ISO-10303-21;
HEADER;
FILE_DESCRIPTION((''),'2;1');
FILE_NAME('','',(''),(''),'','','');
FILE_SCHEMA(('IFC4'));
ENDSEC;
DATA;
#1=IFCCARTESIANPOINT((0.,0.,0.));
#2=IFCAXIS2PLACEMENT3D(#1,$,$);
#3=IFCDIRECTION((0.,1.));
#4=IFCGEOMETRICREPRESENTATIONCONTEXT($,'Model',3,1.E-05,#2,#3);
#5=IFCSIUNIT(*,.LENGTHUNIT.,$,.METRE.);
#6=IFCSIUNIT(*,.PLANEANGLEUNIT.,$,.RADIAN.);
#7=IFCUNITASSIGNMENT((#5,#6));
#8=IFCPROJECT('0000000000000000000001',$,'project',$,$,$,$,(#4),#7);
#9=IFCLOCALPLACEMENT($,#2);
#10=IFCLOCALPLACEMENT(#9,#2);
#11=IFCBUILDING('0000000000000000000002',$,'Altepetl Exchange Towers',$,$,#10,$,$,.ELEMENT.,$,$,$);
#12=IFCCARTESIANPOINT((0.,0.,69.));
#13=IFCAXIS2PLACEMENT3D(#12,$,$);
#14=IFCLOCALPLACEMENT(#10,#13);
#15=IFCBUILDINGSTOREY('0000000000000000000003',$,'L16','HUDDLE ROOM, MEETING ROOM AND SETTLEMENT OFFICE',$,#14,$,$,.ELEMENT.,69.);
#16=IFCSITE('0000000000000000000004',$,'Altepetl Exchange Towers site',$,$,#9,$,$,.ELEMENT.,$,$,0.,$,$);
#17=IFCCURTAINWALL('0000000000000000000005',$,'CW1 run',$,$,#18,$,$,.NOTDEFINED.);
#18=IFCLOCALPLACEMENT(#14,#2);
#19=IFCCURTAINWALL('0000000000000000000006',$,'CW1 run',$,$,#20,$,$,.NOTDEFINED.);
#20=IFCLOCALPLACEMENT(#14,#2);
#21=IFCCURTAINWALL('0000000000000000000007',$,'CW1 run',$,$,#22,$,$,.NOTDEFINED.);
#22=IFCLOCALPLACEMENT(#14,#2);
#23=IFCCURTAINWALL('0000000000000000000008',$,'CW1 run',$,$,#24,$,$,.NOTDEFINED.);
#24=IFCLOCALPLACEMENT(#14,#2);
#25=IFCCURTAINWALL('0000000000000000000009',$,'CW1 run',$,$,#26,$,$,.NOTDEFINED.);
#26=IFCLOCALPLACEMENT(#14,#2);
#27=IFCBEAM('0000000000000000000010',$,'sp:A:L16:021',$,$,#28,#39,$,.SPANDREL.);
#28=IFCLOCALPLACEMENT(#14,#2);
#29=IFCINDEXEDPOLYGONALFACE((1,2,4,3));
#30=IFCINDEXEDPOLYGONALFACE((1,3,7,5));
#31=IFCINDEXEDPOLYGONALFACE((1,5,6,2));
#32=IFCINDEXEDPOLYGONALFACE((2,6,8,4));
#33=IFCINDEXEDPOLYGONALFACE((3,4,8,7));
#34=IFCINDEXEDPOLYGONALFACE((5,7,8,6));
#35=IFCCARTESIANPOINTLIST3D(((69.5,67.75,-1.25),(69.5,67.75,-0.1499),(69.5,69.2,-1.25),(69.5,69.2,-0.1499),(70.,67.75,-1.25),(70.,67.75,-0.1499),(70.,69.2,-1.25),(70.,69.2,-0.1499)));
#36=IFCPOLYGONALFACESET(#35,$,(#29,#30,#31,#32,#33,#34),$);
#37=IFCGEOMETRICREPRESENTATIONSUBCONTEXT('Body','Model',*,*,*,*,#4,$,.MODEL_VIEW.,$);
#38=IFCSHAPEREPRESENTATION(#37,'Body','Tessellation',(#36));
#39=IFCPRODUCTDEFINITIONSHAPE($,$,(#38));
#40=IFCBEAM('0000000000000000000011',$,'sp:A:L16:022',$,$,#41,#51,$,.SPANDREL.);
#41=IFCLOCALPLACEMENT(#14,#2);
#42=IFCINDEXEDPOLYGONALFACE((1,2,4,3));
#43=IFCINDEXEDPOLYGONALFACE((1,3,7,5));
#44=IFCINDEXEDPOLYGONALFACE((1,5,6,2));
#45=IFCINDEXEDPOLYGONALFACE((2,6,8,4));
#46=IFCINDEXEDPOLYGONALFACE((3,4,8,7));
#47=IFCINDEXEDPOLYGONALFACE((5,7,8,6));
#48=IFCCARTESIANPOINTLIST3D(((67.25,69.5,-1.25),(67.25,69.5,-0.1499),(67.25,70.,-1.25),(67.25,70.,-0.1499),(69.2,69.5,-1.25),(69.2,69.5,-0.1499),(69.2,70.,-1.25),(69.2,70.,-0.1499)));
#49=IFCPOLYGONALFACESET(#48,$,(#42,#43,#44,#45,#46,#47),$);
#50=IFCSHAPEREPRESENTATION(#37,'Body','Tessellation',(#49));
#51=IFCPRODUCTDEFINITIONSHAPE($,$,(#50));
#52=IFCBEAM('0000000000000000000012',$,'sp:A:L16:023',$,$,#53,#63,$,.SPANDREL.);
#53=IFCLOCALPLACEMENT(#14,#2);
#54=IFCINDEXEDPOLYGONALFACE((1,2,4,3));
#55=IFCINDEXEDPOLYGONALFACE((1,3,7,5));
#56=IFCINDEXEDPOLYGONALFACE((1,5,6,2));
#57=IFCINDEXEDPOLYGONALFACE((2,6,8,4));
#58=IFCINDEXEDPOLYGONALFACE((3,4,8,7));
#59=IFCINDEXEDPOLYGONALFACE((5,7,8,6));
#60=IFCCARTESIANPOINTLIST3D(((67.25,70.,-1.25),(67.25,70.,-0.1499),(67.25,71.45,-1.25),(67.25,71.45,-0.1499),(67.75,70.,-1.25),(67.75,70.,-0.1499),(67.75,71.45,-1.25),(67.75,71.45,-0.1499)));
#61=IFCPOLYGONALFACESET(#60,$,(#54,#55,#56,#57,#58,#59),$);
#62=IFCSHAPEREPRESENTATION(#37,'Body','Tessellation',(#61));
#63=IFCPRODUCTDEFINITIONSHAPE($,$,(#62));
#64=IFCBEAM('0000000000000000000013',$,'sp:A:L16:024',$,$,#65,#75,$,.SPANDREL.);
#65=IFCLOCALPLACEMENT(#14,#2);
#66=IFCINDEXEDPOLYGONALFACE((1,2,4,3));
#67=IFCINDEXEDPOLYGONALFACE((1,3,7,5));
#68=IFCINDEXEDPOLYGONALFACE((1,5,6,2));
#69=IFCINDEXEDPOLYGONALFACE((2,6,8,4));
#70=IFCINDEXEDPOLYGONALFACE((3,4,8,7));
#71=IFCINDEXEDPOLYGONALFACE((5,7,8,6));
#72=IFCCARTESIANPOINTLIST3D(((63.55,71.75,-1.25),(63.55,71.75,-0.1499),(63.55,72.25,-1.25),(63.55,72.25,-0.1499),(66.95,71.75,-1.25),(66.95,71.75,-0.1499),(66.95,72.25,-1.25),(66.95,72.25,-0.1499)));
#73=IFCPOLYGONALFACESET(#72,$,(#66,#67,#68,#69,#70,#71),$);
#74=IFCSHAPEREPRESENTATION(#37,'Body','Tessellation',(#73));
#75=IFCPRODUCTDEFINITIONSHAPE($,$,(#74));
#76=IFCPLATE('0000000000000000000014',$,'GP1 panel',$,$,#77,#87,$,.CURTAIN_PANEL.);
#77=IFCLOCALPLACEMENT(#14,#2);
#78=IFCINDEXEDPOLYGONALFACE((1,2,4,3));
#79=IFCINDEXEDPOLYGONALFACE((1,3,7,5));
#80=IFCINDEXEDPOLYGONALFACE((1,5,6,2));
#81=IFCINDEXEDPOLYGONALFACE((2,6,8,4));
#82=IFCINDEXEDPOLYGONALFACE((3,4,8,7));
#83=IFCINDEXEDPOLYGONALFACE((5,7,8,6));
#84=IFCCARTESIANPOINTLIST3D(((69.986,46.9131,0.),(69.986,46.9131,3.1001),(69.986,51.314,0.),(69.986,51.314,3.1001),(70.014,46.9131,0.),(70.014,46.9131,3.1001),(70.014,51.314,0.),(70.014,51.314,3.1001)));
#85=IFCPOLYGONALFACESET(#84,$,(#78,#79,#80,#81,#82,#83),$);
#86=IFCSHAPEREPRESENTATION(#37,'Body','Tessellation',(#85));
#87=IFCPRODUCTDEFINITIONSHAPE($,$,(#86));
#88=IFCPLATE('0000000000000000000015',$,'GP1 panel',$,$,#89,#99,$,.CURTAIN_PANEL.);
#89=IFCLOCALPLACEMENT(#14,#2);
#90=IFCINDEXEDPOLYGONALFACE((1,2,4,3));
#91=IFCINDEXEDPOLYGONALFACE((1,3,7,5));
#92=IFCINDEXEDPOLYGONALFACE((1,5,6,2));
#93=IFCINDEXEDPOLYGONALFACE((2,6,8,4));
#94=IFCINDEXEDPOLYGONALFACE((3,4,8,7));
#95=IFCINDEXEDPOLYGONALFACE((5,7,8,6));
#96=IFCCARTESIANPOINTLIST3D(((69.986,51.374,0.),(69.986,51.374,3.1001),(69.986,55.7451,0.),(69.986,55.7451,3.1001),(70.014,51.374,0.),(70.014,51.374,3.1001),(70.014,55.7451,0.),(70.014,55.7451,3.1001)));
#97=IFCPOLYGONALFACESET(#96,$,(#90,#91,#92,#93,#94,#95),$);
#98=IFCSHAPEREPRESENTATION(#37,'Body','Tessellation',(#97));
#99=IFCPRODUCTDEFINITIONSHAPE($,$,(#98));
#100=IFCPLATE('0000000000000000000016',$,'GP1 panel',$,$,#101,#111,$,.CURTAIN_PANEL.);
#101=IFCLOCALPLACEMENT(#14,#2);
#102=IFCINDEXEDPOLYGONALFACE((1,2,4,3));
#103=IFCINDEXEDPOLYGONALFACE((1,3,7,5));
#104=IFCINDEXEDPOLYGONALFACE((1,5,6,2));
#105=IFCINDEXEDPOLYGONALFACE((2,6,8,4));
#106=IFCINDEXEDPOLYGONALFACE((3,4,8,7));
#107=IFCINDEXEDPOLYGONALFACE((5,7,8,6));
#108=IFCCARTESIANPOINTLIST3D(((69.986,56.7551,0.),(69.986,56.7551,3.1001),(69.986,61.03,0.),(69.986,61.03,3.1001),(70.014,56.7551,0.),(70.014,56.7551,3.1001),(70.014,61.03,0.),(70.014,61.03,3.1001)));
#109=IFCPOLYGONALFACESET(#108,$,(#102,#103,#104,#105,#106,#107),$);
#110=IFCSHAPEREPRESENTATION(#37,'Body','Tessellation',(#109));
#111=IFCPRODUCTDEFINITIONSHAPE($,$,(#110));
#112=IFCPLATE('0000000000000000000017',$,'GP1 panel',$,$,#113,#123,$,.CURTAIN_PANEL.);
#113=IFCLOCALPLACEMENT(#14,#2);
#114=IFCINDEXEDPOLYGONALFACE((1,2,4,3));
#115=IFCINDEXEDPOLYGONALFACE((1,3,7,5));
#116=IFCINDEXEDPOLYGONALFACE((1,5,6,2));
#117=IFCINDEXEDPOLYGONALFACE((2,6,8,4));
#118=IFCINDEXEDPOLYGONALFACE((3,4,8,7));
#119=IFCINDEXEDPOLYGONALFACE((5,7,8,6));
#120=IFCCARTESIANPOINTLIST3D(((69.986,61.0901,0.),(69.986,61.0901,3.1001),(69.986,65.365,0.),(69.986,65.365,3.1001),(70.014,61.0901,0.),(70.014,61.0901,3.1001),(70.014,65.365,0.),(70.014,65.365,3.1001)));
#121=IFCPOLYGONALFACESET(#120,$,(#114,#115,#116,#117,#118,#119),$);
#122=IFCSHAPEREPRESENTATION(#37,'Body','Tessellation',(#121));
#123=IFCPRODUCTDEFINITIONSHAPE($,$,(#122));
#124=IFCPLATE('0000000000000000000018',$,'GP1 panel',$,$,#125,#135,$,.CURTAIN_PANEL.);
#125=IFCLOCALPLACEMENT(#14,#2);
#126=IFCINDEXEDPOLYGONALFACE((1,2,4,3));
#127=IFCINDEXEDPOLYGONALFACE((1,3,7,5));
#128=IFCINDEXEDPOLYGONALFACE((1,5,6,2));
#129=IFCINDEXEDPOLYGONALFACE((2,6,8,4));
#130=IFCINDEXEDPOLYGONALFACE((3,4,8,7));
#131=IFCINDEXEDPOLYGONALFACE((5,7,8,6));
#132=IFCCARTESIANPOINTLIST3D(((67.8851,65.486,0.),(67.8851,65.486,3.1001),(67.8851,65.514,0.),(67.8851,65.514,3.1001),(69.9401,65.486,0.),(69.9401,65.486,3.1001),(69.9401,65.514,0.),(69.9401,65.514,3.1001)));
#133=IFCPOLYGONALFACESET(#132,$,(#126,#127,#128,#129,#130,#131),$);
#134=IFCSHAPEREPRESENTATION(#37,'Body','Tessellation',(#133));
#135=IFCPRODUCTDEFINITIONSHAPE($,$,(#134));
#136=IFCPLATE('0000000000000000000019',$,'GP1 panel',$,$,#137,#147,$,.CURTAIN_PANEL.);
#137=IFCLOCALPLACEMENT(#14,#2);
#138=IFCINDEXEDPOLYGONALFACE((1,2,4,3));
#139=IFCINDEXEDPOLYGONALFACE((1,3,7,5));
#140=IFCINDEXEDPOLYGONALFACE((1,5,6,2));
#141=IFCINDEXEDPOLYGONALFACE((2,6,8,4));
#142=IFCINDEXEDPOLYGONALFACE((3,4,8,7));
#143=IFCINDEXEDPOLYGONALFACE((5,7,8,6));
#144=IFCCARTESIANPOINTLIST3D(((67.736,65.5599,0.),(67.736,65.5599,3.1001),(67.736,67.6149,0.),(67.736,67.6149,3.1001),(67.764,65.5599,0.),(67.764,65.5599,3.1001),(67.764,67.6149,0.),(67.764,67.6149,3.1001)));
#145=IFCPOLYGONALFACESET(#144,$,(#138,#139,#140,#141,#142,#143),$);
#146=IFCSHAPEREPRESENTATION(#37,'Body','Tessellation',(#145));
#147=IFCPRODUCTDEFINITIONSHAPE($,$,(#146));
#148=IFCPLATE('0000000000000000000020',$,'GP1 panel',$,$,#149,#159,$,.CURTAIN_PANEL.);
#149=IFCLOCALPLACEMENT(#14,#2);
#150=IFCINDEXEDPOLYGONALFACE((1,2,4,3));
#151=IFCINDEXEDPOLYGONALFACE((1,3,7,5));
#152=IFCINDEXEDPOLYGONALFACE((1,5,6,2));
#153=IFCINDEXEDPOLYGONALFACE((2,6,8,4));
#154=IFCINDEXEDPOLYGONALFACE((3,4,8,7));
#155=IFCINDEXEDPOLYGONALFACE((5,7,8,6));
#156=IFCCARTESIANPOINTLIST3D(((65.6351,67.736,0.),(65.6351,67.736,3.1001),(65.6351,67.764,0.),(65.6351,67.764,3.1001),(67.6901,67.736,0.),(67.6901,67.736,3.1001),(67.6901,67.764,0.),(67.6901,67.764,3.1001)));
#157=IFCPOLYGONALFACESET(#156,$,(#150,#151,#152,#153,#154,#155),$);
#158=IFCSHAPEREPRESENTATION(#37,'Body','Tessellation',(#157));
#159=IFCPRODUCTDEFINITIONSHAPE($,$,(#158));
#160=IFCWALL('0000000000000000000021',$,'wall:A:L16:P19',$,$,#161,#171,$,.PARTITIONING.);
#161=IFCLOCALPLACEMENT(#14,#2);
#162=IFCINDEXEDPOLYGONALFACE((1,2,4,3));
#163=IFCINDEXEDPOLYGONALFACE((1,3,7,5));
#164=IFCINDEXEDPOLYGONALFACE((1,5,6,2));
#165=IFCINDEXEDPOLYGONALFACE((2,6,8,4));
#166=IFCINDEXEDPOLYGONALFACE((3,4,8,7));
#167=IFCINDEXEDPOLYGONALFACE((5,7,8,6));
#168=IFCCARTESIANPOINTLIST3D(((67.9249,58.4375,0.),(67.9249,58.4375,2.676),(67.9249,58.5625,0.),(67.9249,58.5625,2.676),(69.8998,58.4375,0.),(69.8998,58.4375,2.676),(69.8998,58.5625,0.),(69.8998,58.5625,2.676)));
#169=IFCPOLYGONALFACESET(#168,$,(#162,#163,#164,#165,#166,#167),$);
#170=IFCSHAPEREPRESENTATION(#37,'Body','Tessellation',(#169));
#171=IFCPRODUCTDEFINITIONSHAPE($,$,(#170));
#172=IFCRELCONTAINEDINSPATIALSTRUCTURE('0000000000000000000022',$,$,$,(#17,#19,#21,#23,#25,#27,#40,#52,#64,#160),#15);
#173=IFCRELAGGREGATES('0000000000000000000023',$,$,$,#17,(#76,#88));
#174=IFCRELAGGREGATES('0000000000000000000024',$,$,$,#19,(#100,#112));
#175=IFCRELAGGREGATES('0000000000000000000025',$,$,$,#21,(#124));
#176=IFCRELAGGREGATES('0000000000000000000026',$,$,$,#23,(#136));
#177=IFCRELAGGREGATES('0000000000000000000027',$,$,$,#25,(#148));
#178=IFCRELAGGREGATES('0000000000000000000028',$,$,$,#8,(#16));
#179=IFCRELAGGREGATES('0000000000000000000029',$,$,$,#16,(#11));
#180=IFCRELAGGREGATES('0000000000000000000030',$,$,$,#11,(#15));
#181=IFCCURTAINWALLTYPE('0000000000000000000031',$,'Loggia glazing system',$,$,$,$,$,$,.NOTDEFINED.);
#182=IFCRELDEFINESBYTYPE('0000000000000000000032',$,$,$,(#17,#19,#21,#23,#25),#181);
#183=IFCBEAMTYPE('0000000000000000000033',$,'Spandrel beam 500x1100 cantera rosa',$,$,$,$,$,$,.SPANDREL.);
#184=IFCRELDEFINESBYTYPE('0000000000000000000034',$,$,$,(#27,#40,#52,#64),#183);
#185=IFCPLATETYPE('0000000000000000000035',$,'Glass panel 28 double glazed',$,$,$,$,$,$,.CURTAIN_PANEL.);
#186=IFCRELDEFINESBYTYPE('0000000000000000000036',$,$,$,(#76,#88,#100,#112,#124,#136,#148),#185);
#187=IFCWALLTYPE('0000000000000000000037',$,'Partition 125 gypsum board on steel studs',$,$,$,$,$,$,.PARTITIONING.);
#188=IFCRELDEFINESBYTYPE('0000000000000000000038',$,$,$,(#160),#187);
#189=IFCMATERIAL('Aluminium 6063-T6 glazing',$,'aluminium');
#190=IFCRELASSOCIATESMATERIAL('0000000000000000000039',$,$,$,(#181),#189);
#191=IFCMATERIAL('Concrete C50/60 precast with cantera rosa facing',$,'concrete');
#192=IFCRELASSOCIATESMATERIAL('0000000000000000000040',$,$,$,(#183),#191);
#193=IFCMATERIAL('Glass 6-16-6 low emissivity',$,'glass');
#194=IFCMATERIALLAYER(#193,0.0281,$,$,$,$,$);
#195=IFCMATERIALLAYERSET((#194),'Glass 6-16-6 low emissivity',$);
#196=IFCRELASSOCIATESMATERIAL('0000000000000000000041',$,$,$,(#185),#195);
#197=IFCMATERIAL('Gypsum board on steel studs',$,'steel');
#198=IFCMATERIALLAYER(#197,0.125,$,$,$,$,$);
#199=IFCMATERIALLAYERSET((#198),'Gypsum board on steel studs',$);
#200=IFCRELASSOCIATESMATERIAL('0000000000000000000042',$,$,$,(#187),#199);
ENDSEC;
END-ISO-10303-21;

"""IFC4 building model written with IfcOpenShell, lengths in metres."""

from ifc_helpers import new_model, si_unit, direction, frame, frame_2d, origin, origin_2d, place, context, subcontext, project, spatial, rectangle, extrude, material, layer, layer_set, material_profile, profile_set, type_object, element, aggregate, save


model = new_model("IFC4")

# Units and contexts
model_context = context("Model", 3, precision=1e-05, world=origin(), true_north=direction((0.0, 1.0)))
body_context = subcontext(model_context, "Body", "Model", "MODEL_VIEW")
ifc_project = project(units=[si_unit("LENGTHUNIT", "METRE"), si_unit("PLANEANGLEUNIT", "RADIAN")], contexts=[model_context])

# Site, building, storey
site_placement = place(None, origin())
site = spatial("IfcSite", under=ifc_project, at=site_placement, Name="Altepetl Exchange Towers site", CompositionType="ELEMENT", RefElevation=0.0)
building_placement = place(site_placement, origin())
building = spatial("IfcBuilding", under=site, at=building_placement, Name="Altepetl Exchange Towers", CompositionType="ELEMENT")
storey_placement = place(building_placement, frame((0.0, 0.0, 69.0)))
storey = spatial("IfcBuildingStorey", under=building, at=storey_placement, Name="L16", Description="HUDDLE ROOM, MEETING ROOM AND SETTLEMENT OFFICE", CompositionType="ELEMENT", Elevation=69.0)

# Curtain walls
ifc_material_1 = material(Name="Aluminium 6063-T6 glazing", Category="aluminium")
curtain_wall_type = type_object("IfcCurtainWallType", Name="Loggia glazing system", PredefinedType="NOTDEFINED", material=ifc_material_1)
curtain_wall_1_placement = place(storey_placement, origin())
curtain_wall_1 = element("IfcCurtainWall", 1, at=curtain_wall_1_placement, inside=storey, type_object=curtain_wall_type, Name="CW1 run", PredefinedType="NOTDEFINED")
curtain_wall_2_placement = place(storey_placement, origin())
curtain_wall_2 = element("IfcCurtainWall", 2, at=curtain_wall_2_placement, inside=storey, type_object=curtain_wall_type, Name="CW1 run", PredefinedType="NOTDEFINED")
curtain_wall_3_placement = place(storey_placement, origin())
curtain_wall_3 = element("IfcCurtainWall", 3, at=curtain_wall_3_placement, inside=storey, type_object=curtain_wall_type, Name="CW1 run", PredefinedType="NOTDEFINED")
curtain_wall_4_placement = place(storey_placement, origin())
curtain_wall_4 = element("IfcCurtainWall", 4, at=curtain_wall_4_placement, inside=storey, type_object=curtain_wall_type, Name="CW1 run", PredefinedType="NOTDEFINED")

# Curtain wall
curtain_wall_5_placement = place(storey_placement, origin())
curtain_wall_5 = element("IfcCurtainWall", 5, at=curtain_wall_5_placement, inside=storey, type_object=curtain_wall_type, Name="CW1 run", PredefinedType="NOTDEFINED")

# Beams
ifc_material_2 = material(Name="Concrete C50/60 precast with cantera rosa facing", Category="concrete")
ifc_material_profile_1 = material_profile(ifc_material_2, rectangle(XDim=0.5, YDim=1.1001, at=origin_2d()), Name="500 x 1100")
ifc_profile_set_1 = profile_set([ifc_material_profile_1], Name="Concrete C50/60 precast with cantera rosa facing")
beam_type_1 = type_object("IfcBeamType", Name="Spandrel beam 500x1100 cantera rosa", PredefinedType="SPANDREL", material=ifc_profile_set_1)
beam_1_placement = place(storey_placement, frame((69.75, 67.75, -0.7), z_axis=(0.0, 1.0, 0.0), x_axis=(-1.0, 0.0, 0.0)))
element("IfcBeam", 6, at=beam_1_placement, inside=storey, type_object=beam_type_1, Name="sp:A:L16:021", PredefinedType="SPANDREL", context=body_context, shape_type="SweptSolid", body=[
    extrude(rectangle(XDim=0.5, YDim=1.1001, at=origin_2d()), origin(), (0.0, 0.0, 1.0), 1.45),
])
beam_2_placement = place(storey_placement, frame((69.2, 69.75, -0.7), z_axis=(-1.0, 0.0, 0.0), x_axis=(0.0, -1.0, 0.0)))
element("IfcBeam", 7, at=beam_2_placement, inside=storey, type_object=beam_type_1, Name="sp:A:L16:022", PredefinedType="SPANDREL", context=body_context, shape_type="SweptSolid", body=[
    extrude(rectangle(XDim=0.5, YDim=1.1001, at=origin_2d()), origin(), (0.0, 0.0, 1.0), 1.95),
])
beam_3_placement = place(storey_placement, frame((67.5, 70.0, -0.7), z_axis=(0.0, 1.0, 0.0), x_axis=(-1.0, 0.0, 0.0)))
element("IfcBeam", 8, at=beam_3_placement, inside=storey, type_object=beam_type_1, Name="sp:A:L16:023", PredefinedType="SPANDREL", context=body_context, shape_type="SweptSolid", body=[
    extrude(rectangle(XDim=0.5, YDim=1.1001, at=origin_2d()), origin(), (0.0, 0.0, 1.0), 1.45),
])
beam_4_placement = place(storey_placement, frame((66.95, 72.0, -0.7), z_axis=(-1.0, 0.0, 0.0), x_axis=(0.0, -1.0, 0.0)))
element("IfcBeam", 9, at=beam_4_placement, inside=storey, type_object=beam_type_1, Name="sp:A:L16:024", PredefinedType="SPANDREL", context=body_context, shape_type="SweptSolid", body=[
    extrude(rectangle(XDim=0.5, YDim=1.1001, at=origin_2d()), origin(), (0.0, 0.0, 1.0), 3.3999),
])

# Plates
ifc_material_3 = material(Name="Glass 6-16-6 low emissivity", Category="glass")
ifc_layer_1 = layer(ifc_material_3, 0.0281)
ifc_layer_set_1 = layer_set([ifc_layer_1], Name="Glass 6-16-6 low emissivity")
plate_type = type_object("IfcPlateType", Name="Glass panel 28 double glazed", PredefinedType="CURTAIN_PANEL", material=ifc_layer_set_1)
plate_1_placement = place(storey_placement, frame((70.0, 49.1135, 0.0), z_axis=(0.0, 0.0, 1.0), x_axis=(0.0, 1.0, 0.0)))
plate_1 = element("IfcPlate", 10, at=plate_1_placement, type_object=plate_type, Name="GP1 panel", PredefinedType="CURTAIN_PANEL", context=body_context, shape_type="SweptSolid", body=[
    extrude(rectangle(XDim=4.4009, YDim=0.0281, at=origin_2d()), origin(), (0.0, 0.0, 1.0), 3.1001),
])
plate_2_placement = place(storey_placement, frame((70.0, 53.5596, 0.0), z_axis=(0.0, 0.0, 1.0), x_axis=(0.0, 1.0, 0.0)))
plate_2 = element("IfcPlate", 11, at=plate_2_placement, type_object=plate_type, Name="GP1 panel", PredefinedType="CURTAIN_PANEL", context=body_context, shape_type="SweptSolid", body=[
    extrude(rectangle(XDim=4.3711, YDim=0.0281, at=origin_2d()), origin(), (0.0, 0.0, 1.0), 3.1001),
])
aggregate(curtain_wall_1, [plate_1, plate_2])
plate_3_placement = place(storey_placement, frame((70.0, 58.8926, 0.0), z_axis=(0.0, 0.0, 1.0), x_axis=(0.0, 1.0, 0.0)))
plate_3 = element("IfcPlate", 12, at=plate_3_placement, type_object=plate_type, Name="GP1 panel", PredefinedType="CURTAIN_PANEL", context=body_context, shape_type="SweptSolid", body=[
    extrude(rectangle(XDim=4.2749, YDim=0.0281, at=origin_2d()), origin(), (0.0, 0.0, 1.0), 3.1001),
])
plate_4_placement = place(storey_placement, frame((70.0, 63.2275, 0.0), z_axis=(0.0, 0.0, 1.0), x_axis=(0.0, 1.0, 0.0)))
plate_4 = element("IfcPlate", 13, at=plate_4_placement, type_object=plate_type, Name="GP1 panel", PredefinedType="CURTAIN_PANEL", context=body_context, shape_type="SweptSolid", body=[
    extrude(rectangle(XDim=4.2749, YDim=0.0281, at=origin_2d()), origin(), (0.0, 0.0, 1.0), 3.1001),
])
aggregate(curtain_wall_2, [plate_3, plate_4])
plate_5_placement = place(storey_placement, frame((68.9126, 65.5, 0.0), z_axis=(0.0, 0.0, 1.0), x_axis=(-1.0, 0.0, 0.0)))
plate_5 = element("IfcPlate", 14, at=plate_5_placement, type_object=plate_type, Name="GP1 panel", PredefinedType="CURTAIN_PANEL", context=body_context, shape_type="SweptSolid", body=[
    extrude(rectangle(XDim=2.0549, YDim=0.0281, at=origin_2d()), origin(), (0.0, 0.0, 1.0), 3.1001),
])
aggregate(curtain_wall_3, [plate_5])
plate_6_placement = place(storey_placement, frame((67.75, 66.5874, 0.0), z_axis=(0.0, 0.0, 1.0), x_axis=(0.0, 1.0, 0.0)))
plate_6 = element("IfcPlate", 15, at=plate_6_placement, type_object=plate_type, Name="GP1 panel", PredefinedType="CURTAIN_PANEL", context=body_context, shape_type="SweptSolid", body=[
    extrude(rectangle(XDim=2.0549, YDim=0.0281, at=origin_2d()), origin(), (0.0, 0.0, 1.0), 3.1001),
])
aggregate(curtain_wall_4, [plate_6])
plate_7_placement = place(storey_placement, frame((66.6626, 67.75, 0.0), z_axis=(0.0, 0.0, 1.0), x_axis=(-1.0, 0.0, 0.0)))
plate_7 = element("IfcPlate", 16, at=plate_7_placement, type_object=plate_type, Name="GP1 panel", PredefinedType="CURTAIN_PANEL", context=body_context, shape_type="SweptSolid", body=[
    extrude(rectangle(XDim=2.0549, YDim=0.0281, at=origin_2d()), origin(), (0.0, 0.0, 1.0), 3.1001),
])
aggregate(curtain_wall_5, [plate_7])

# Wall
ifc_material_4 = material(Name="Gypsum board on steel studs", Category="steel")
ifc_layer_2 = layer(ifc_material_4, 0.125)
ifc_layer_set_2 = layer_set([ifc_layer_2], Name="Gypsum board on steel studs")
wall_type = type_object("IfcWallType", Name="Partition 125 gypsum board on steel studs", PredefinedType="PARTITIONING", material=ifc_layer_set_2)
wall_placement = place(storey_placement, frame((67.925, 58.5, 0.0)))
element("IfcWall", 17, at=wall_placement, inside=storey, type_object=wall_type, Name="wall:A:L16:P19", PredefinedType="PARTITIONING", context=body_context, shape_type="SweptSolid", body=[
    extrude(rectangle(XDim=1.9749, YDim=0.125, at=frame_2d((0.9873, 0.0))), origin(), (0.0, 0.0, 1.0), 2.676),
])

save(model, "model.ifc")
